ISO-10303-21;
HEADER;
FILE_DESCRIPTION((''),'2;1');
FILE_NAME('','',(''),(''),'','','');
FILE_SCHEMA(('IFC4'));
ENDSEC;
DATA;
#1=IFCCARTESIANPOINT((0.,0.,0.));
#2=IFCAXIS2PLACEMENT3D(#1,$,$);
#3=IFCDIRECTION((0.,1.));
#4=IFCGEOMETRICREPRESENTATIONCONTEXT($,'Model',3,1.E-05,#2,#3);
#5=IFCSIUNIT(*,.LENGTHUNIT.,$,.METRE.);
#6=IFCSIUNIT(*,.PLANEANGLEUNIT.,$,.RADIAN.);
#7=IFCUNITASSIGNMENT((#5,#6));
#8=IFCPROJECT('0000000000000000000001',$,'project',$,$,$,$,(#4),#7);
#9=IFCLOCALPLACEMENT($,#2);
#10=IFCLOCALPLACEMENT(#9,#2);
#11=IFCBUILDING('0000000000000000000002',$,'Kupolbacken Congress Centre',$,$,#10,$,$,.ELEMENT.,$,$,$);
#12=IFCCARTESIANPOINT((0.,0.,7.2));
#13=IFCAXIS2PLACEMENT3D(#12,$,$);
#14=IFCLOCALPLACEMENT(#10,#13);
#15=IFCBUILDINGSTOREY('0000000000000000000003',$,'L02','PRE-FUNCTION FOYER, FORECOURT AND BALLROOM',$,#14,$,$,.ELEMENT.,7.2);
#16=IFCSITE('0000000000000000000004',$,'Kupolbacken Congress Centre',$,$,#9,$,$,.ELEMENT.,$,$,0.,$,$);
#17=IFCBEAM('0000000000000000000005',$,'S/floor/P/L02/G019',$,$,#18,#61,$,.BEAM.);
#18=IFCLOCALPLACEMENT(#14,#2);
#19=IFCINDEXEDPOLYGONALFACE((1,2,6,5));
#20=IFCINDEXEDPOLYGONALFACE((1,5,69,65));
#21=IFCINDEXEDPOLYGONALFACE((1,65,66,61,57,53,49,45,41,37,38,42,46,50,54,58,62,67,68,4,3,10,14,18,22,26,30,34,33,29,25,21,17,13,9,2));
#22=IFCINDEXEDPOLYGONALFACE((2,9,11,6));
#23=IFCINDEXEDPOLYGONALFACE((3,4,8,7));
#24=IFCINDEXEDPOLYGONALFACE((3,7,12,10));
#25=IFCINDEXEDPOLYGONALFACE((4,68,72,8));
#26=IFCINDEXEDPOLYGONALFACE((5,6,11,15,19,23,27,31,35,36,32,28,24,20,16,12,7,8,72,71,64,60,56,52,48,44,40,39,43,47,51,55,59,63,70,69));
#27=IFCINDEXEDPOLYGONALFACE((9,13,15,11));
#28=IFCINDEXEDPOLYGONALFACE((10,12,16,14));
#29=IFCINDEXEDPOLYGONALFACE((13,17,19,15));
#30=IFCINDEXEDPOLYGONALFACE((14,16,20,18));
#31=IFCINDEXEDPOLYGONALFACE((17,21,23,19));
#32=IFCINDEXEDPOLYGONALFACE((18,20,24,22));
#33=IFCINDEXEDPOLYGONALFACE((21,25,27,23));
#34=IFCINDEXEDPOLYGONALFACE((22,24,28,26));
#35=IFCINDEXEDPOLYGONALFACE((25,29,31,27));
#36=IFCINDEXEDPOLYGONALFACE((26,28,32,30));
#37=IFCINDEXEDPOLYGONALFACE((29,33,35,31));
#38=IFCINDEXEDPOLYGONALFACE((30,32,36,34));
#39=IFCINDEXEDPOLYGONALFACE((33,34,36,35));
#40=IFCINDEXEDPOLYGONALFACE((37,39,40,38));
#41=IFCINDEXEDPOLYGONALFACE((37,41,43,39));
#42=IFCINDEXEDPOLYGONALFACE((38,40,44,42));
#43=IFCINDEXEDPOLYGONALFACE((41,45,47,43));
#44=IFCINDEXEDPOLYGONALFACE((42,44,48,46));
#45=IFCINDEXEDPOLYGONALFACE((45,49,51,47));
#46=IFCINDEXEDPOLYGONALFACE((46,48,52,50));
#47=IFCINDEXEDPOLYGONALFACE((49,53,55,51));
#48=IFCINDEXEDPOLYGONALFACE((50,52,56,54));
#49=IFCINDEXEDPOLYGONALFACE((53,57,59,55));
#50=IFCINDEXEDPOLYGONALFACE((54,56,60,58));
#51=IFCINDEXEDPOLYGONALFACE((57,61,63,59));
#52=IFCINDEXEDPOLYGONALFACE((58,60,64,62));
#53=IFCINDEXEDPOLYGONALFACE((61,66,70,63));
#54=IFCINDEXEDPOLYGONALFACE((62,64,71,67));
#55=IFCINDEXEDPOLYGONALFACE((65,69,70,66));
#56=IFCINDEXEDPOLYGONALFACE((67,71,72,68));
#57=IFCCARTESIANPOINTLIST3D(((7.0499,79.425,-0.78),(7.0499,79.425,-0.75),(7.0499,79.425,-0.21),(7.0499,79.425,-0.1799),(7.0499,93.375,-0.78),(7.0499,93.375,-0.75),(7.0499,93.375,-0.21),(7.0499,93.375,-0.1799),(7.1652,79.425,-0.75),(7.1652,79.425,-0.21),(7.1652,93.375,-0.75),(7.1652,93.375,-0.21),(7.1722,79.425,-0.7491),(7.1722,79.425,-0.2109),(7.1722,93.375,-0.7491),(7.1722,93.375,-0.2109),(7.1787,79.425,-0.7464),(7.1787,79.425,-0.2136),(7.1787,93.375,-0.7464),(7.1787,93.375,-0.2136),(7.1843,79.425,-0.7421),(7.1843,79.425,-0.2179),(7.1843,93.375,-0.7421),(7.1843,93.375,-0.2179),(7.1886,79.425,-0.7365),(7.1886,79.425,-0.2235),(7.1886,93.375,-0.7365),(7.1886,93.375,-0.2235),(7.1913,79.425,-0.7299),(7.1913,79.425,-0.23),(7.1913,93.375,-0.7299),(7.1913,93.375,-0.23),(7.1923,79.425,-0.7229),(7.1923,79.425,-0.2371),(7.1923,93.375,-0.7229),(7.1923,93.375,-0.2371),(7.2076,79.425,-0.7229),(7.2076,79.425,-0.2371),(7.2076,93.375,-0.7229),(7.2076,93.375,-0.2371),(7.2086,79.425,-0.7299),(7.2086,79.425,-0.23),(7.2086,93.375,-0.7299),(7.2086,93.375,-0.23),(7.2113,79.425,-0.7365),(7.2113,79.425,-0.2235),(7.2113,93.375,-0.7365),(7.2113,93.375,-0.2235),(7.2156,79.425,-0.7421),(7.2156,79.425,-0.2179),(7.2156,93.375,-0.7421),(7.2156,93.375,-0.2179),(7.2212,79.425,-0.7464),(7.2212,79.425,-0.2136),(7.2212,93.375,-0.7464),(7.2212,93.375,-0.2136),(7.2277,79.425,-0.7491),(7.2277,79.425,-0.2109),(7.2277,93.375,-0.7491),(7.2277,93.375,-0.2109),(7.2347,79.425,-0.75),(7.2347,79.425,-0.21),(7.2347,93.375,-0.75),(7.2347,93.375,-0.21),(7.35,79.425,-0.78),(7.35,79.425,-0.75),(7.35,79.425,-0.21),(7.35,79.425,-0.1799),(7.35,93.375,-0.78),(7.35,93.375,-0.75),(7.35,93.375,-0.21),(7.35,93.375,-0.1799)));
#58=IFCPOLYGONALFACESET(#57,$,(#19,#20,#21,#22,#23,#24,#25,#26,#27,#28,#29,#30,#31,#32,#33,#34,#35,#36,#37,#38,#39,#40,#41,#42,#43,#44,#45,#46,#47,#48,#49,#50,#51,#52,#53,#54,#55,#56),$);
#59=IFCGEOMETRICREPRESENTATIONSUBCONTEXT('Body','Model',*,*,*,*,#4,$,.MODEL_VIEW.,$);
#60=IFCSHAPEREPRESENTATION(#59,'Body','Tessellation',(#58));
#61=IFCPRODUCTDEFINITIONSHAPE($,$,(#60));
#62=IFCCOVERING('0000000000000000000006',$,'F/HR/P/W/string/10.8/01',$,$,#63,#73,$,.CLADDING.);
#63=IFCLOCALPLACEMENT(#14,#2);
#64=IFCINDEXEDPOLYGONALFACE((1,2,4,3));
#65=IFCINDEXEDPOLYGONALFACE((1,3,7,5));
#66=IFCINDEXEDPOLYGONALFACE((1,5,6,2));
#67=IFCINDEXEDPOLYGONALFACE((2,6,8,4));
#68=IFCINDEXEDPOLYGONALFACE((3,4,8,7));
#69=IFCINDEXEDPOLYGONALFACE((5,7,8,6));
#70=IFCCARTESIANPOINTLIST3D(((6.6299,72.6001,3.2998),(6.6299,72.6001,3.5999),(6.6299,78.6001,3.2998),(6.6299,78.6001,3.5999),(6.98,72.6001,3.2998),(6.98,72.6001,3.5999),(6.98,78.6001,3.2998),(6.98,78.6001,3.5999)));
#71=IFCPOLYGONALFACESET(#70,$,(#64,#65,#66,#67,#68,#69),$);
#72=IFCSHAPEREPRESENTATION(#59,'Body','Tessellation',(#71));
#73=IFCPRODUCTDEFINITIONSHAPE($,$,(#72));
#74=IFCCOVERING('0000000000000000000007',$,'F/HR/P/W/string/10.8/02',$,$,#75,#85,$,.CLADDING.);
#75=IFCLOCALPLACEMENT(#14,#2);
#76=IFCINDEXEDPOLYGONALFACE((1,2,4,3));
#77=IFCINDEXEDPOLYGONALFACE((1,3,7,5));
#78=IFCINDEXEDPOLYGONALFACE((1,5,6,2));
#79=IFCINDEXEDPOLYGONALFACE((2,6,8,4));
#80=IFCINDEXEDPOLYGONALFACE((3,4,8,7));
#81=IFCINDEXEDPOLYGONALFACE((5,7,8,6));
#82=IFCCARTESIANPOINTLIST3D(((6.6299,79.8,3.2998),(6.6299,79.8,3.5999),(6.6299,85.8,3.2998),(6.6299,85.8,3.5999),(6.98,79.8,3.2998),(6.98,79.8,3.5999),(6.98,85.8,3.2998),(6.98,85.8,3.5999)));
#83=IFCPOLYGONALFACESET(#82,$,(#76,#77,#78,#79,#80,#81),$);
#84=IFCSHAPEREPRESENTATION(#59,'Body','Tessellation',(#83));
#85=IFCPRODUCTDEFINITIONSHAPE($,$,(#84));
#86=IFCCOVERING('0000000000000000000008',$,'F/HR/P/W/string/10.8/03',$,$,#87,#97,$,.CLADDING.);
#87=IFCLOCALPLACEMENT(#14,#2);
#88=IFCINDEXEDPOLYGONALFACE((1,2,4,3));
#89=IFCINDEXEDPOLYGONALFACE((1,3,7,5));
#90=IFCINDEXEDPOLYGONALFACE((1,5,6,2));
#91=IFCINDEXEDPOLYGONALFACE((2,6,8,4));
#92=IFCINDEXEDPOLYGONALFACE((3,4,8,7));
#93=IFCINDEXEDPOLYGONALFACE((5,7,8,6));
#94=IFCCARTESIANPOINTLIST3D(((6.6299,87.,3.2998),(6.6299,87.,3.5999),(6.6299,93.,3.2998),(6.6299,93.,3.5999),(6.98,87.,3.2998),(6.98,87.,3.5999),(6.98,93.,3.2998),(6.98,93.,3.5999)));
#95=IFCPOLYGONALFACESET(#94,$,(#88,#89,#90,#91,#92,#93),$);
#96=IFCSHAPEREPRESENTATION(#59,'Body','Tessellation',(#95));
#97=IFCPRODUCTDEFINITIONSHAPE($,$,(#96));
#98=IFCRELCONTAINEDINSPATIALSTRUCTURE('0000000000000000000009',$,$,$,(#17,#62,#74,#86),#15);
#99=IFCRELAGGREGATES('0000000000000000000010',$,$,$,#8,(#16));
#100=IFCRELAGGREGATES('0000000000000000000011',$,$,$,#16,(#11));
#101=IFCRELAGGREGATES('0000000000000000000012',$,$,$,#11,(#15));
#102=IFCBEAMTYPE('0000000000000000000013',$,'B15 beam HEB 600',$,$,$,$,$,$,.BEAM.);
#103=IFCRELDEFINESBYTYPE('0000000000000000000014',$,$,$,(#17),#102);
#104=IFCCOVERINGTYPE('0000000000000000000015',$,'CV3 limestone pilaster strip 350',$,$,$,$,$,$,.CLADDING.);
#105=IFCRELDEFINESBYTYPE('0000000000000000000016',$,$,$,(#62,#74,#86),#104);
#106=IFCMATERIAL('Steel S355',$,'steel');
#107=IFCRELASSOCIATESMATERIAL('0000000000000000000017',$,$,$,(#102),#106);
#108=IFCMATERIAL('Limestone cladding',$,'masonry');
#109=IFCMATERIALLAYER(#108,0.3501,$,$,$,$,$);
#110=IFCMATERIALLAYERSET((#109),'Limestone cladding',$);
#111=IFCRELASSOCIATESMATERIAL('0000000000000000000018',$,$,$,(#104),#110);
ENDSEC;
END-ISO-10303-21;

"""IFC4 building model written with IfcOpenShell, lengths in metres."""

from ifc_helpers import new_model, si_unit, direction, frame, origin, origin_2d, place, context, subcontext, project, spatial, rectangle, i_section, extrude, material, layer, layer_set, material_profile, profile_set, type_object, element, save


model = new_model("IFC4")

# Units and contexts
model_context = context("Model", 3, precision=1e-05, world=origin(), true_north=direction((0.0, 1.0)))
body_context = subcontext(model_context, "Body", "Model", "MODEL_VIEW")
ifc_project = project(units=[si_unit("LENGTHUNIT", "METRE"), si_unit("PLANEANGLEUNIT", "RADIAN")], contexts=[model_context])

# Site, building, storey
site_placement = place(None, origin())
site = spatial("IfcSite", under=ifc_project, at=site_placement, Name="Kupolbacken Congress Centre", CompositionType="ELEMENT", RefElevation=0.0)
building_placement = place(site_placement, origin())
building = spatial("IfcBuilding", under=site, at=building_placement, Name="Kupolbacken Congress Centre", CompositionType="ELEMENT")
storey_placement = place(building_placement, frame((0.0, 0.0, 7.2)))
storey = spatial("IfcBuildingStorey", under=building, at=storey_placement, Name="L02", Description="PRE-FUNCTION FOYER, FORECOURT AND BALLROOM", CompositionType="ELEMENT", Elevation=7.2)

# Beam
ifc_material_1 = material(Name="Steel S355", Category="steel")
ifc_material_profile_1 = material_profile(ifc_material_1, i_section(OverallWidth=0.3, OverallDepth=0.6001, WebThickness=0.0154, FlangeThickness=0.03, FilletRadius=0.0271, at=origin_2d()), Name="HEB 600")
ifc_profile_set_1 = profile_set([ifc_material_profile_1], Name="Steel S355")
beam_type_1 = type_object("IfcBeamType", Name="B15 beam HEB 600", PredefinedType="BEAM", material=ifc_profile_set_1)
beam_1_placement = place(storey_placement, frame((7.2, 79.425, -0.48), z_axis=(0.0, 1.0, 0.0), x_axis=(-1.0, 0.0, 0.0)))
element("IfcBeam", 1, at=beam_1_placement, inside=storey, type_object=beam_type_1, Name="S/floor/P/L02/G019", PredefinedType="BEAM", context=body_context, shape_type="SweptSolid", body=[
    extrude(i_section(OverallWidth=0.3, OverallDepth=0.6001, WebThickness=0.0154, FlangeThickness=0.03, FilletRadius=0.0271, at=origin_2d()), origin(), (0.0, 0.0, 1.0), 13.95),
])

# Coverings
ifc_material_2 = material(Name="Limestone cladding", Category="masonry")
ifc_layer_1 = layer(ifc_material_2, 0.3501)
ifc_layer_set_1 = layer_set([ifc_layer_1], Name="Limestone cladding")
covering_type = type_object("IfcCoveringType", Name="CV3 limestone pilaster strip 350", PredefinedType="CLADDING", material=ifc_layer_set_1)
for number, where, z_axis, x_axis, name in (
    (2, (6.8049, 75.6001, 3.2998), (0.0, 0.0, 1.0), (0.0, 1.0, 0.0), "F/HR/P/W/string/10.8/01"),
    (3, (6.8049, 82.8, 3.2998), (0.0, 0.0, 1.0), (0.0, 1.0, 0.0), "F/HR/P/W/string/10.8/02"),
    (4, (6.8049, 90.0, 3.2998), (0.0, 0.0, 1.0), (0.0, 1.0, 0.0), "F/HR/P/W/string/10.8/03"),
):
    element("IfcCovering", number, at=place(storey_placement, frame(where, z_axis=z_axis, x_axis=x_axis)), inside=storey, type_object=covering_type, Name=name, PredefinedType="CLADDING", context=body_context, shape_type="SweptSolid", body=[
        extrude(rectangle(XDim=6.0, YDim=0.3501, at=origin_2d()), origin(), (0.0, 0.0, 1.0), 0.3),
    ])

save(model, "model.ifc")
